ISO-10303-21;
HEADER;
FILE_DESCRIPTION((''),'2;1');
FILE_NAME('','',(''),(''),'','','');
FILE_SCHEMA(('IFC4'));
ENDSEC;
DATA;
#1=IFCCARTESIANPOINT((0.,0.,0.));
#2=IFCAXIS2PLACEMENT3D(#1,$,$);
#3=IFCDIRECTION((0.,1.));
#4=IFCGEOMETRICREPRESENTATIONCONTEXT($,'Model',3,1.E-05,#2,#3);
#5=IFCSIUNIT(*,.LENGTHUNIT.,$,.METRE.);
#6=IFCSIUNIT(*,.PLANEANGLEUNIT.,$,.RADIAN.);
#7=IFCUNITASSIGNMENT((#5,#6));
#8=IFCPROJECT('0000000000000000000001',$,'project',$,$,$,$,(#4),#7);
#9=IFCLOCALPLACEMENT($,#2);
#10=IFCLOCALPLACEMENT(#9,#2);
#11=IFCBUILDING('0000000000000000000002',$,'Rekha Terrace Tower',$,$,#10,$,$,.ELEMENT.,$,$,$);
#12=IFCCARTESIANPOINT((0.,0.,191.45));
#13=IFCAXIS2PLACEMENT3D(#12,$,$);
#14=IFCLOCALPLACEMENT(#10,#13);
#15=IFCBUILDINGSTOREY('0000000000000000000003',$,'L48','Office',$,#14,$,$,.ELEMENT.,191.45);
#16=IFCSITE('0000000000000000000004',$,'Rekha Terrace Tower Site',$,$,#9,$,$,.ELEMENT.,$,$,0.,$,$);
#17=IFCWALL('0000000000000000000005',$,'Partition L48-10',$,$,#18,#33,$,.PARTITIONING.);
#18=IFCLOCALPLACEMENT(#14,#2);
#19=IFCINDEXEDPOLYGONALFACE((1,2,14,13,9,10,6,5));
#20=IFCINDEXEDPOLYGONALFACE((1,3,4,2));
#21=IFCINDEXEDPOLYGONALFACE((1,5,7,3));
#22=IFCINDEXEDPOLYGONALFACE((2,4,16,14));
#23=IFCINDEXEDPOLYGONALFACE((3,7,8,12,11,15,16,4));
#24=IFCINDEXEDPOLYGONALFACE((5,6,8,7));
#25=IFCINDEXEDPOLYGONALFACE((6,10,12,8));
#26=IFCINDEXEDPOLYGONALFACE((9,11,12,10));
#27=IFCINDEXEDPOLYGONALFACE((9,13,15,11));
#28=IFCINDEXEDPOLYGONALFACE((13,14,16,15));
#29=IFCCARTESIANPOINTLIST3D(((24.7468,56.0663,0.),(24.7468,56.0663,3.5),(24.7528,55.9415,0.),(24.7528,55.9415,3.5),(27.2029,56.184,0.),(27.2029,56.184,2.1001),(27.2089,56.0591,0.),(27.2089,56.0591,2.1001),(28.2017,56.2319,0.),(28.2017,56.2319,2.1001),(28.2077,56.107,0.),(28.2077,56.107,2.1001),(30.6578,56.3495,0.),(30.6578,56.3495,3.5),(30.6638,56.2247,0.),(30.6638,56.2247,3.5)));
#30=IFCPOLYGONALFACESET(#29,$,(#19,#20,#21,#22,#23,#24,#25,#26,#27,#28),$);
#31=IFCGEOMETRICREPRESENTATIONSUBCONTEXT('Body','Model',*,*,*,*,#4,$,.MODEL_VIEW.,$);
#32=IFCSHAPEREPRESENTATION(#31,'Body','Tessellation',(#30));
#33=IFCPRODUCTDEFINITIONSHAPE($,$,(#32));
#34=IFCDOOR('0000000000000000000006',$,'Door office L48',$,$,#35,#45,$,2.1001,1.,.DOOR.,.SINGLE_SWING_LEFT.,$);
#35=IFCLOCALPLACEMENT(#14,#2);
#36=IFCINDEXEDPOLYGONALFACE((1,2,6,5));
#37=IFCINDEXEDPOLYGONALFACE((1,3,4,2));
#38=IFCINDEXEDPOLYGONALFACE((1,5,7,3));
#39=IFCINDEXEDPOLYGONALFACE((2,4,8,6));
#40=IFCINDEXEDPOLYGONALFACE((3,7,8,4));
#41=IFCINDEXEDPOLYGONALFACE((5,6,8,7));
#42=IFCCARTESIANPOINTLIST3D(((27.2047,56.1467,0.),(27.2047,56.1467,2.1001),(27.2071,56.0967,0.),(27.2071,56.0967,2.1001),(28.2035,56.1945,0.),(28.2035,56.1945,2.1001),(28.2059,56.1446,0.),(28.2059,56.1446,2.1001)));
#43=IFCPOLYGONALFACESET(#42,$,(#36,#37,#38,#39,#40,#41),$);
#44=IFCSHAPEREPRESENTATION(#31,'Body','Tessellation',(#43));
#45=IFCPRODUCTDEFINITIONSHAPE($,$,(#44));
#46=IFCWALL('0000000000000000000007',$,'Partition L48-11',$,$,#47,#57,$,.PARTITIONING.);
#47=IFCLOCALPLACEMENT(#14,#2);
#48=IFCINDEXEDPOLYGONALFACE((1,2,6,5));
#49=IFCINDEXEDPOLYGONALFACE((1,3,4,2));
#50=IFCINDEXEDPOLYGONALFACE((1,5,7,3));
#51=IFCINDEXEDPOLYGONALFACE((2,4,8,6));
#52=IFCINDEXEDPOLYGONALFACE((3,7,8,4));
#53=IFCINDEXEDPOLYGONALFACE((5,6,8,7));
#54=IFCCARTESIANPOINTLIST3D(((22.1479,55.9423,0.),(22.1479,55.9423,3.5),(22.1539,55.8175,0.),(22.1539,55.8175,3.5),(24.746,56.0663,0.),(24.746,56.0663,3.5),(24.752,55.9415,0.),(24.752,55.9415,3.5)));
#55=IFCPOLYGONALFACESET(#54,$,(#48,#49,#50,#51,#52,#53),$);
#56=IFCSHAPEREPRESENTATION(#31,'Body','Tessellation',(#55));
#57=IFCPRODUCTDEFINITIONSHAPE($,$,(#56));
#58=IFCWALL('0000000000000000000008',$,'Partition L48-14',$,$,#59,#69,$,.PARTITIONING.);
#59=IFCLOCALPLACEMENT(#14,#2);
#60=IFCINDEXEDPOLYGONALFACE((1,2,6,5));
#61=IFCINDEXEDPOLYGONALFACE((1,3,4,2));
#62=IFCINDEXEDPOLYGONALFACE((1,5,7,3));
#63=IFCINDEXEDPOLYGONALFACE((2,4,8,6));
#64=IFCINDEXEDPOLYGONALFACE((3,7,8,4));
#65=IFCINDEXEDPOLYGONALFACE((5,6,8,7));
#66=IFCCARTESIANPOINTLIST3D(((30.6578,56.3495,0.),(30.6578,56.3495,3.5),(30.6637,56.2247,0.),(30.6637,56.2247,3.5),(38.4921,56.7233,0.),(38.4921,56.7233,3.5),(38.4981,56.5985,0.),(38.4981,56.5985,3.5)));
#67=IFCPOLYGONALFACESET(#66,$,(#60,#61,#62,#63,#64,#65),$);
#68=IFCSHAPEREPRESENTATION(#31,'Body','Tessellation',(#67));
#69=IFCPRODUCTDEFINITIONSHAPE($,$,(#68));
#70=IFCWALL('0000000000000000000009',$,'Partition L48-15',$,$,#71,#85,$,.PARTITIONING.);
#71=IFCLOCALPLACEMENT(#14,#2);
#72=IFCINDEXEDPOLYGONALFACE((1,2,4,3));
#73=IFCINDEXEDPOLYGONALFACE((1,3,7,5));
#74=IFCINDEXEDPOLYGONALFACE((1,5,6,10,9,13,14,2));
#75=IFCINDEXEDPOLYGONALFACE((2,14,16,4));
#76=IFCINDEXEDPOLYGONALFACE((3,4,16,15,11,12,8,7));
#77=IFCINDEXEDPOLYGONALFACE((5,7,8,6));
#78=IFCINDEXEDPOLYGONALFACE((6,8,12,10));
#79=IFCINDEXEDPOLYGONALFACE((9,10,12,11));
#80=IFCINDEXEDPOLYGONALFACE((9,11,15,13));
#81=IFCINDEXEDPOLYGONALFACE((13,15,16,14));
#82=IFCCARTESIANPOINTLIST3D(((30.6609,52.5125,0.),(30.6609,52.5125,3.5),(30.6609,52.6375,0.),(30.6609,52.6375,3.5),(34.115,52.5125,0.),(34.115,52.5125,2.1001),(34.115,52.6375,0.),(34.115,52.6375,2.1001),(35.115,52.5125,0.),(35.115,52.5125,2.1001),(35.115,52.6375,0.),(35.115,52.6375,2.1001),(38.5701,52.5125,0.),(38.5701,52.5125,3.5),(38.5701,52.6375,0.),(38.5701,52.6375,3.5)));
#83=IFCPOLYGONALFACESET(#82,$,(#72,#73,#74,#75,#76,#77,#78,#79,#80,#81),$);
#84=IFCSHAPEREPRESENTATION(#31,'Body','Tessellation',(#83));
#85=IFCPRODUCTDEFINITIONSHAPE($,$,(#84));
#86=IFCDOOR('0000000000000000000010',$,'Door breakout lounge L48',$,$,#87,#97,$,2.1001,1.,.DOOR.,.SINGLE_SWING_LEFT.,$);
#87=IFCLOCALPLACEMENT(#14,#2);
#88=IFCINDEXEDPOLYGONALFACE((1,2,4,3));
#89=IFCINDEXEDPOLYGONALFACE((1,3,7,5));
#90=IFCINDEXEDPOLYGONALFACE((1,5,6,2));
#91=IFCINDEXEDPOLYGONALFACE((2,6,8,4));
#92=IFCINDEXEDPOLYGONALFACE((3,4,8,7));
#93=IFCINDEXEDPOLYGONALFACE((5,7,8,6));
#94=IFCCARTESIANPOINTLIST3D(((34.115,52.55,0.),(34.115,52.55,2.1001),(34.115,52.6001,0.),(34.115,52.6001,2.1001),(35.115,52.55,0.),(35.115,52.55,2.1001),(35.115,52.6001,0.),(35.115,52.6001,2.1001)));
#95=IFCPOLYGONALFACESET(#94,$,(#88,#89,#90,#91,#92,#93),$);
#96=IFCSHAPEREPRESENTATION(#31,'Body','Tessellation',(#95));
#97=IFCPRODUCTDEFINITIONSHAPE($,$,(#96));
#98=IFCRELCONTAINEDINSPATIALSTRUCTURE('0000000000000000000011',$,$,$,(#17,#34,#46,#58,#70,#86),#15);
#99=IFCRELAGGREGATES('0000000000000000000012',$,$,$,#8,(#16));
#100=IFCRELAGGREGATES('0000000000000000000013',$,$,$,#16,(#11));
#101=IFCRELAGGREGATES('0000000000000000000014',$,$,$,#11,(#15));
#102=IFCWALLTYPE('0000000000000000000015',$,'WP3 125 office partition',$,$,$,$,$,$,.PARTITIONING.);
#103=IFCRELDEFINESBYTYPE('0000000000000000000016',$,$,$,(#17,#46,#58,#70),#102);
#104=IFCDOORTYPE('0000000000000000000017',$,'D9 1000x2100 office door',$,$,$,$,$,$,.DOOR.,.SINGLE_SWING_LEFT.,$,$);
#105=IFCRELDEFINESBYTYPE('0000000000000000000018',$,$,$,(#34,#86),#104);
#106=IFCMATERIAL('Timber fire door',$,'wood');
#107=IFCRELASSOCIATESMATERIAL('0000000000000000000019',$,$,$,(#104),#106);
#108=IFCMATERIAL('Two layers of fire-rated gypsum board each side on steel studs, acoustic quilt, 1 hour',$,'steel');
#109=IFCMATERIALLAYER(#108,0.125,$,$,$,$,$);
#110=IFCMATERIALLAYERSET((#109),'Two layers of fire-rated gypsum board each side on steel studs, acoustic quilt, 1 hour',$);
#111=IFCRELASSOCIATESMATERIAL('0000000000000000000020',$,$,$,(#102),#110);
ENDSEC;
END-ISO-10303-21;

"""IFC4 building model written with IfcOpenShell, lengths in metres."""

from ifc_helpers import new_model, si_unit, direction, frame, frame_2d, origin, place, context, subcontext, project, spatial, rectangle, extrude, material, layer, layer_set, type_object, element, fill, save


model = new_model("IFC4")

# Units and contexts
model_context = context("Model", 3, precision=1e-05, world=origin(), true_north=direction((0.0, 1.0)))
body_context = subcontext(model_context, "Body", "Model", "MODEL_VIEW")
ifc_project = project(units=[si_unit("LENGTHUNIT", "METRE"), si_unit("PLANEANGLEUNIT", "RADIAN")], contexts=[model_context])

# Site, building, storey
site_placement = place(None, origin())
site = spatial("IfcSite", under=ifc_project, at=site_placement, Name="Rekha Terrace Tower Site", CompositionType="ELEMENT", RefElevation=0.0)
building_placement = place(site_placement, origin())
building = spatial("IfcBuilding", under=site, at=building_placement, Name="Rekha Terrace Tower", CompositionType="ELEMENT")
storey_placement = place(building_placement, frame((0.0, 0.0, 191.45)))
storey = spatial("IfcBuildingStorey", under=building, at=storey_placement, Name="L48", Description="Office", CompositionType="ELEMENT", Elevation=191.45)

# Shared definitions
ifc_material_1 = material(Name="Timber fire door", Category="wood")

# Shared definitions
door_type_1 = type_object("IfcDoorType", Name="D9 1000x2100 office door", OperationType="SINGLE_SWING_LEFT", PredefinedType="DOOR", material=ifc_material_1)

# Shared definitions
ifc_material_2 = material(Name="Two layers of fire-rated gypsum board each side on steel studs, acoustic quilt, 1 hour", Category="steel")
ifc_layer_1 = layer(ifc_material_2, 0.125)
ifc_layer_set_1 = layer_set([ifc_layer_1], Name="Two layers of fire-rated gypsum board each side on steel studs, acoustic quilt, 1 hour")
wall_type_1 = type_object("IfcWallType", Name="WP3 125 office partition", PredefinedType="PARTITIONING", material=ifc_layer_set_1)

# Wall, opening, door
wall_1_placement = place(storey_placement, frame((30.6609, 56.2871, 0.0), z_axis=(0.0, 0.0, 1.0), x_axis=(-0.998854, -0.047857, 0.0)))
wall_1 = element("IfcWall", 1, at=wall_1_placement, inside=storey, type_object=wall_type_1, Name="Partition L48-10", PredefinedType="PARTITIONING", context=body_context, shape_type="SweptSolid", body=[
    extrude(rectangle(XDim=5.9177, YDim=0.125, at=frame_2d((2.959, 0.0))), origin(), (0.0, 0.0, 1.0), 3.5),
])
opening_1_placement = place(wall_1_placement, frame((2.459, 0.0, 0.0)))
opening_1 = element("IfcOpeningElement", 2, at=opening_1_placement, cuts=wall_1, PredefinedType="OPENING", context=body_context, shape_type="SweptSolid", body=[
    extrude(rectangle(XDim=1.0, YDim=2.1001, at=frame_2d((0.5, 1.05))), frame((0.0, 0.0725, 0.0), z_axis=(0.0, -1.0, 0.0), x_axis=(1.0, 0.0, 0.0)), (0.0, 0.0, 1.0), 0.145),
])
door_1_placement = place(opening_1_placement, origin())
door_1 = element("IfcDoor", 3, at=door_1_placement, inside=storey, type_object=door_type_1, Name="Door office L48", OperationType="SINGLE_SWING_LEFT", OverallHeight=2.1001, OverallWidth=1.0, PredefinedType="DOOR", context=body_context, shape_type="SweptSolid", body=[
    extrude(rectangle(XDim=1.0, YDim=2.1001, at=frame_2d((0.5, 1.05))), frame((0.0, 0.0249, 0.0), z_axis=(0.0, -1.0, 0.0), x_axis=(1.0, 0.0, 0.0)), (0.0, 0.0, 1.0), 0.05),
])
fill(opening_1, door_1)

# Walls
wall_2_placement = place(storey_placement, frame((24.749, 56.0039, 0.0), z_axis=(0.0, 0.0, 1.0), x_axis=(-0.998863, -0.047681, 0.0)))
element("IfcWall", 4, at=wall_2_placement, inside=storey, type_object=wall_type_1, Name="Partition L48-11", PredefinedType="PARTITIONING", context=body_context, shape_type="SweptSolid", body=[
    extrude(rectangle(XDim=2.6011, YDim=0.125, at=frame_2d((1.3005, 0.0))), origin(), (0.0, 0.0, 1.0), 3.5),
])
wall_3_placement = place(storey_placement, frame((38.4951, 56.6609, 0.0), z_axis=(0.0, 0.0, 1.0), x_axis=(-0.998864, -0.047657, 0.0)))
element("IfcWall", 5, at=wall_3_placement, inside=storey, type_object=wall_type_1, Name="Partition L48-14", PredefinedType="PARTITIONING", context=body_context, shape_type="SweptSolid", body=[
    extrude(rectangle(XDim=7.8433, YDim=0.125, at=frame_2d((3.9216, 0.0))), origin(), (0.0, 0.0, 1.0), 3.5),
])

# Wall, opening, door
wall_4_placement = place(storey_placement, frame((38.5701, 52.575, 0.0), z_axis=(0.0, 0.0, 1.0), x_axis=(-1.0, 0.0, 0.0)))
wall_4 = element("IfcWall", 6, at=wall_4_placement, inside=storey, type_object=wall_type_1, Name="Partition L48-15", PredefinedType="PARTITIONING", context=body_context, shape_type="SweptSolid", body=[
    extrude(rectangle(XDim=7.9092, YDim=0.125, at=frame_2d((3.9546, 0.0))), origin(), (0.0, 0.0, 1.0), 3.5),
])
opening_2_placement = place(wall_4_placement, frame((3.4551, 0.0, 0.0)))
opening_2 = element("IfcOpeningElement", 7, at=opening_2_placement, cuts=wall_4, PredefinedType="OPENING", context=body_context, shape_type="SweptSolid", body=[
    extrude(rectangle(XDim=1.0, YDim=2.1001, at=frame_2d((0.5, 1.05))), frame((0.0, 0.0725, 0.0), z_axis=(0.0, -1.0, 0.0), x_axis=(1.0, 0.0, 0.0)), (0.0, 0.0, 1.0), 0.145),
])
door_2_placement = place(opening_2_placement, origin())
door_2 = element("IfcDoor", 8, at=door_2_placement, inside=storey, type_object=door_type_1, Name="Door breakout lounge L48", OperationType="SINGLE_SWING_LEFT", OverallHeight=2.1001, OverallWidth=1.0, PredefinedType="DOOR", context=body_context, shape_type="SweptSolid", body=[
    extrude(rectangle(XDim=1.0, YDim=2.1001, at=frame_2d((0.5, 1.05))), frame((0.0, 0.0249, 0.0), z_axis=(0.0, -1.0, 0.0), x_axis=(1.0, 0.0, 0.0)), (0.0, 0.0, 1.0), 0.05),
])
fill(opening_2, door_2)

save(model, "model.ifc")
